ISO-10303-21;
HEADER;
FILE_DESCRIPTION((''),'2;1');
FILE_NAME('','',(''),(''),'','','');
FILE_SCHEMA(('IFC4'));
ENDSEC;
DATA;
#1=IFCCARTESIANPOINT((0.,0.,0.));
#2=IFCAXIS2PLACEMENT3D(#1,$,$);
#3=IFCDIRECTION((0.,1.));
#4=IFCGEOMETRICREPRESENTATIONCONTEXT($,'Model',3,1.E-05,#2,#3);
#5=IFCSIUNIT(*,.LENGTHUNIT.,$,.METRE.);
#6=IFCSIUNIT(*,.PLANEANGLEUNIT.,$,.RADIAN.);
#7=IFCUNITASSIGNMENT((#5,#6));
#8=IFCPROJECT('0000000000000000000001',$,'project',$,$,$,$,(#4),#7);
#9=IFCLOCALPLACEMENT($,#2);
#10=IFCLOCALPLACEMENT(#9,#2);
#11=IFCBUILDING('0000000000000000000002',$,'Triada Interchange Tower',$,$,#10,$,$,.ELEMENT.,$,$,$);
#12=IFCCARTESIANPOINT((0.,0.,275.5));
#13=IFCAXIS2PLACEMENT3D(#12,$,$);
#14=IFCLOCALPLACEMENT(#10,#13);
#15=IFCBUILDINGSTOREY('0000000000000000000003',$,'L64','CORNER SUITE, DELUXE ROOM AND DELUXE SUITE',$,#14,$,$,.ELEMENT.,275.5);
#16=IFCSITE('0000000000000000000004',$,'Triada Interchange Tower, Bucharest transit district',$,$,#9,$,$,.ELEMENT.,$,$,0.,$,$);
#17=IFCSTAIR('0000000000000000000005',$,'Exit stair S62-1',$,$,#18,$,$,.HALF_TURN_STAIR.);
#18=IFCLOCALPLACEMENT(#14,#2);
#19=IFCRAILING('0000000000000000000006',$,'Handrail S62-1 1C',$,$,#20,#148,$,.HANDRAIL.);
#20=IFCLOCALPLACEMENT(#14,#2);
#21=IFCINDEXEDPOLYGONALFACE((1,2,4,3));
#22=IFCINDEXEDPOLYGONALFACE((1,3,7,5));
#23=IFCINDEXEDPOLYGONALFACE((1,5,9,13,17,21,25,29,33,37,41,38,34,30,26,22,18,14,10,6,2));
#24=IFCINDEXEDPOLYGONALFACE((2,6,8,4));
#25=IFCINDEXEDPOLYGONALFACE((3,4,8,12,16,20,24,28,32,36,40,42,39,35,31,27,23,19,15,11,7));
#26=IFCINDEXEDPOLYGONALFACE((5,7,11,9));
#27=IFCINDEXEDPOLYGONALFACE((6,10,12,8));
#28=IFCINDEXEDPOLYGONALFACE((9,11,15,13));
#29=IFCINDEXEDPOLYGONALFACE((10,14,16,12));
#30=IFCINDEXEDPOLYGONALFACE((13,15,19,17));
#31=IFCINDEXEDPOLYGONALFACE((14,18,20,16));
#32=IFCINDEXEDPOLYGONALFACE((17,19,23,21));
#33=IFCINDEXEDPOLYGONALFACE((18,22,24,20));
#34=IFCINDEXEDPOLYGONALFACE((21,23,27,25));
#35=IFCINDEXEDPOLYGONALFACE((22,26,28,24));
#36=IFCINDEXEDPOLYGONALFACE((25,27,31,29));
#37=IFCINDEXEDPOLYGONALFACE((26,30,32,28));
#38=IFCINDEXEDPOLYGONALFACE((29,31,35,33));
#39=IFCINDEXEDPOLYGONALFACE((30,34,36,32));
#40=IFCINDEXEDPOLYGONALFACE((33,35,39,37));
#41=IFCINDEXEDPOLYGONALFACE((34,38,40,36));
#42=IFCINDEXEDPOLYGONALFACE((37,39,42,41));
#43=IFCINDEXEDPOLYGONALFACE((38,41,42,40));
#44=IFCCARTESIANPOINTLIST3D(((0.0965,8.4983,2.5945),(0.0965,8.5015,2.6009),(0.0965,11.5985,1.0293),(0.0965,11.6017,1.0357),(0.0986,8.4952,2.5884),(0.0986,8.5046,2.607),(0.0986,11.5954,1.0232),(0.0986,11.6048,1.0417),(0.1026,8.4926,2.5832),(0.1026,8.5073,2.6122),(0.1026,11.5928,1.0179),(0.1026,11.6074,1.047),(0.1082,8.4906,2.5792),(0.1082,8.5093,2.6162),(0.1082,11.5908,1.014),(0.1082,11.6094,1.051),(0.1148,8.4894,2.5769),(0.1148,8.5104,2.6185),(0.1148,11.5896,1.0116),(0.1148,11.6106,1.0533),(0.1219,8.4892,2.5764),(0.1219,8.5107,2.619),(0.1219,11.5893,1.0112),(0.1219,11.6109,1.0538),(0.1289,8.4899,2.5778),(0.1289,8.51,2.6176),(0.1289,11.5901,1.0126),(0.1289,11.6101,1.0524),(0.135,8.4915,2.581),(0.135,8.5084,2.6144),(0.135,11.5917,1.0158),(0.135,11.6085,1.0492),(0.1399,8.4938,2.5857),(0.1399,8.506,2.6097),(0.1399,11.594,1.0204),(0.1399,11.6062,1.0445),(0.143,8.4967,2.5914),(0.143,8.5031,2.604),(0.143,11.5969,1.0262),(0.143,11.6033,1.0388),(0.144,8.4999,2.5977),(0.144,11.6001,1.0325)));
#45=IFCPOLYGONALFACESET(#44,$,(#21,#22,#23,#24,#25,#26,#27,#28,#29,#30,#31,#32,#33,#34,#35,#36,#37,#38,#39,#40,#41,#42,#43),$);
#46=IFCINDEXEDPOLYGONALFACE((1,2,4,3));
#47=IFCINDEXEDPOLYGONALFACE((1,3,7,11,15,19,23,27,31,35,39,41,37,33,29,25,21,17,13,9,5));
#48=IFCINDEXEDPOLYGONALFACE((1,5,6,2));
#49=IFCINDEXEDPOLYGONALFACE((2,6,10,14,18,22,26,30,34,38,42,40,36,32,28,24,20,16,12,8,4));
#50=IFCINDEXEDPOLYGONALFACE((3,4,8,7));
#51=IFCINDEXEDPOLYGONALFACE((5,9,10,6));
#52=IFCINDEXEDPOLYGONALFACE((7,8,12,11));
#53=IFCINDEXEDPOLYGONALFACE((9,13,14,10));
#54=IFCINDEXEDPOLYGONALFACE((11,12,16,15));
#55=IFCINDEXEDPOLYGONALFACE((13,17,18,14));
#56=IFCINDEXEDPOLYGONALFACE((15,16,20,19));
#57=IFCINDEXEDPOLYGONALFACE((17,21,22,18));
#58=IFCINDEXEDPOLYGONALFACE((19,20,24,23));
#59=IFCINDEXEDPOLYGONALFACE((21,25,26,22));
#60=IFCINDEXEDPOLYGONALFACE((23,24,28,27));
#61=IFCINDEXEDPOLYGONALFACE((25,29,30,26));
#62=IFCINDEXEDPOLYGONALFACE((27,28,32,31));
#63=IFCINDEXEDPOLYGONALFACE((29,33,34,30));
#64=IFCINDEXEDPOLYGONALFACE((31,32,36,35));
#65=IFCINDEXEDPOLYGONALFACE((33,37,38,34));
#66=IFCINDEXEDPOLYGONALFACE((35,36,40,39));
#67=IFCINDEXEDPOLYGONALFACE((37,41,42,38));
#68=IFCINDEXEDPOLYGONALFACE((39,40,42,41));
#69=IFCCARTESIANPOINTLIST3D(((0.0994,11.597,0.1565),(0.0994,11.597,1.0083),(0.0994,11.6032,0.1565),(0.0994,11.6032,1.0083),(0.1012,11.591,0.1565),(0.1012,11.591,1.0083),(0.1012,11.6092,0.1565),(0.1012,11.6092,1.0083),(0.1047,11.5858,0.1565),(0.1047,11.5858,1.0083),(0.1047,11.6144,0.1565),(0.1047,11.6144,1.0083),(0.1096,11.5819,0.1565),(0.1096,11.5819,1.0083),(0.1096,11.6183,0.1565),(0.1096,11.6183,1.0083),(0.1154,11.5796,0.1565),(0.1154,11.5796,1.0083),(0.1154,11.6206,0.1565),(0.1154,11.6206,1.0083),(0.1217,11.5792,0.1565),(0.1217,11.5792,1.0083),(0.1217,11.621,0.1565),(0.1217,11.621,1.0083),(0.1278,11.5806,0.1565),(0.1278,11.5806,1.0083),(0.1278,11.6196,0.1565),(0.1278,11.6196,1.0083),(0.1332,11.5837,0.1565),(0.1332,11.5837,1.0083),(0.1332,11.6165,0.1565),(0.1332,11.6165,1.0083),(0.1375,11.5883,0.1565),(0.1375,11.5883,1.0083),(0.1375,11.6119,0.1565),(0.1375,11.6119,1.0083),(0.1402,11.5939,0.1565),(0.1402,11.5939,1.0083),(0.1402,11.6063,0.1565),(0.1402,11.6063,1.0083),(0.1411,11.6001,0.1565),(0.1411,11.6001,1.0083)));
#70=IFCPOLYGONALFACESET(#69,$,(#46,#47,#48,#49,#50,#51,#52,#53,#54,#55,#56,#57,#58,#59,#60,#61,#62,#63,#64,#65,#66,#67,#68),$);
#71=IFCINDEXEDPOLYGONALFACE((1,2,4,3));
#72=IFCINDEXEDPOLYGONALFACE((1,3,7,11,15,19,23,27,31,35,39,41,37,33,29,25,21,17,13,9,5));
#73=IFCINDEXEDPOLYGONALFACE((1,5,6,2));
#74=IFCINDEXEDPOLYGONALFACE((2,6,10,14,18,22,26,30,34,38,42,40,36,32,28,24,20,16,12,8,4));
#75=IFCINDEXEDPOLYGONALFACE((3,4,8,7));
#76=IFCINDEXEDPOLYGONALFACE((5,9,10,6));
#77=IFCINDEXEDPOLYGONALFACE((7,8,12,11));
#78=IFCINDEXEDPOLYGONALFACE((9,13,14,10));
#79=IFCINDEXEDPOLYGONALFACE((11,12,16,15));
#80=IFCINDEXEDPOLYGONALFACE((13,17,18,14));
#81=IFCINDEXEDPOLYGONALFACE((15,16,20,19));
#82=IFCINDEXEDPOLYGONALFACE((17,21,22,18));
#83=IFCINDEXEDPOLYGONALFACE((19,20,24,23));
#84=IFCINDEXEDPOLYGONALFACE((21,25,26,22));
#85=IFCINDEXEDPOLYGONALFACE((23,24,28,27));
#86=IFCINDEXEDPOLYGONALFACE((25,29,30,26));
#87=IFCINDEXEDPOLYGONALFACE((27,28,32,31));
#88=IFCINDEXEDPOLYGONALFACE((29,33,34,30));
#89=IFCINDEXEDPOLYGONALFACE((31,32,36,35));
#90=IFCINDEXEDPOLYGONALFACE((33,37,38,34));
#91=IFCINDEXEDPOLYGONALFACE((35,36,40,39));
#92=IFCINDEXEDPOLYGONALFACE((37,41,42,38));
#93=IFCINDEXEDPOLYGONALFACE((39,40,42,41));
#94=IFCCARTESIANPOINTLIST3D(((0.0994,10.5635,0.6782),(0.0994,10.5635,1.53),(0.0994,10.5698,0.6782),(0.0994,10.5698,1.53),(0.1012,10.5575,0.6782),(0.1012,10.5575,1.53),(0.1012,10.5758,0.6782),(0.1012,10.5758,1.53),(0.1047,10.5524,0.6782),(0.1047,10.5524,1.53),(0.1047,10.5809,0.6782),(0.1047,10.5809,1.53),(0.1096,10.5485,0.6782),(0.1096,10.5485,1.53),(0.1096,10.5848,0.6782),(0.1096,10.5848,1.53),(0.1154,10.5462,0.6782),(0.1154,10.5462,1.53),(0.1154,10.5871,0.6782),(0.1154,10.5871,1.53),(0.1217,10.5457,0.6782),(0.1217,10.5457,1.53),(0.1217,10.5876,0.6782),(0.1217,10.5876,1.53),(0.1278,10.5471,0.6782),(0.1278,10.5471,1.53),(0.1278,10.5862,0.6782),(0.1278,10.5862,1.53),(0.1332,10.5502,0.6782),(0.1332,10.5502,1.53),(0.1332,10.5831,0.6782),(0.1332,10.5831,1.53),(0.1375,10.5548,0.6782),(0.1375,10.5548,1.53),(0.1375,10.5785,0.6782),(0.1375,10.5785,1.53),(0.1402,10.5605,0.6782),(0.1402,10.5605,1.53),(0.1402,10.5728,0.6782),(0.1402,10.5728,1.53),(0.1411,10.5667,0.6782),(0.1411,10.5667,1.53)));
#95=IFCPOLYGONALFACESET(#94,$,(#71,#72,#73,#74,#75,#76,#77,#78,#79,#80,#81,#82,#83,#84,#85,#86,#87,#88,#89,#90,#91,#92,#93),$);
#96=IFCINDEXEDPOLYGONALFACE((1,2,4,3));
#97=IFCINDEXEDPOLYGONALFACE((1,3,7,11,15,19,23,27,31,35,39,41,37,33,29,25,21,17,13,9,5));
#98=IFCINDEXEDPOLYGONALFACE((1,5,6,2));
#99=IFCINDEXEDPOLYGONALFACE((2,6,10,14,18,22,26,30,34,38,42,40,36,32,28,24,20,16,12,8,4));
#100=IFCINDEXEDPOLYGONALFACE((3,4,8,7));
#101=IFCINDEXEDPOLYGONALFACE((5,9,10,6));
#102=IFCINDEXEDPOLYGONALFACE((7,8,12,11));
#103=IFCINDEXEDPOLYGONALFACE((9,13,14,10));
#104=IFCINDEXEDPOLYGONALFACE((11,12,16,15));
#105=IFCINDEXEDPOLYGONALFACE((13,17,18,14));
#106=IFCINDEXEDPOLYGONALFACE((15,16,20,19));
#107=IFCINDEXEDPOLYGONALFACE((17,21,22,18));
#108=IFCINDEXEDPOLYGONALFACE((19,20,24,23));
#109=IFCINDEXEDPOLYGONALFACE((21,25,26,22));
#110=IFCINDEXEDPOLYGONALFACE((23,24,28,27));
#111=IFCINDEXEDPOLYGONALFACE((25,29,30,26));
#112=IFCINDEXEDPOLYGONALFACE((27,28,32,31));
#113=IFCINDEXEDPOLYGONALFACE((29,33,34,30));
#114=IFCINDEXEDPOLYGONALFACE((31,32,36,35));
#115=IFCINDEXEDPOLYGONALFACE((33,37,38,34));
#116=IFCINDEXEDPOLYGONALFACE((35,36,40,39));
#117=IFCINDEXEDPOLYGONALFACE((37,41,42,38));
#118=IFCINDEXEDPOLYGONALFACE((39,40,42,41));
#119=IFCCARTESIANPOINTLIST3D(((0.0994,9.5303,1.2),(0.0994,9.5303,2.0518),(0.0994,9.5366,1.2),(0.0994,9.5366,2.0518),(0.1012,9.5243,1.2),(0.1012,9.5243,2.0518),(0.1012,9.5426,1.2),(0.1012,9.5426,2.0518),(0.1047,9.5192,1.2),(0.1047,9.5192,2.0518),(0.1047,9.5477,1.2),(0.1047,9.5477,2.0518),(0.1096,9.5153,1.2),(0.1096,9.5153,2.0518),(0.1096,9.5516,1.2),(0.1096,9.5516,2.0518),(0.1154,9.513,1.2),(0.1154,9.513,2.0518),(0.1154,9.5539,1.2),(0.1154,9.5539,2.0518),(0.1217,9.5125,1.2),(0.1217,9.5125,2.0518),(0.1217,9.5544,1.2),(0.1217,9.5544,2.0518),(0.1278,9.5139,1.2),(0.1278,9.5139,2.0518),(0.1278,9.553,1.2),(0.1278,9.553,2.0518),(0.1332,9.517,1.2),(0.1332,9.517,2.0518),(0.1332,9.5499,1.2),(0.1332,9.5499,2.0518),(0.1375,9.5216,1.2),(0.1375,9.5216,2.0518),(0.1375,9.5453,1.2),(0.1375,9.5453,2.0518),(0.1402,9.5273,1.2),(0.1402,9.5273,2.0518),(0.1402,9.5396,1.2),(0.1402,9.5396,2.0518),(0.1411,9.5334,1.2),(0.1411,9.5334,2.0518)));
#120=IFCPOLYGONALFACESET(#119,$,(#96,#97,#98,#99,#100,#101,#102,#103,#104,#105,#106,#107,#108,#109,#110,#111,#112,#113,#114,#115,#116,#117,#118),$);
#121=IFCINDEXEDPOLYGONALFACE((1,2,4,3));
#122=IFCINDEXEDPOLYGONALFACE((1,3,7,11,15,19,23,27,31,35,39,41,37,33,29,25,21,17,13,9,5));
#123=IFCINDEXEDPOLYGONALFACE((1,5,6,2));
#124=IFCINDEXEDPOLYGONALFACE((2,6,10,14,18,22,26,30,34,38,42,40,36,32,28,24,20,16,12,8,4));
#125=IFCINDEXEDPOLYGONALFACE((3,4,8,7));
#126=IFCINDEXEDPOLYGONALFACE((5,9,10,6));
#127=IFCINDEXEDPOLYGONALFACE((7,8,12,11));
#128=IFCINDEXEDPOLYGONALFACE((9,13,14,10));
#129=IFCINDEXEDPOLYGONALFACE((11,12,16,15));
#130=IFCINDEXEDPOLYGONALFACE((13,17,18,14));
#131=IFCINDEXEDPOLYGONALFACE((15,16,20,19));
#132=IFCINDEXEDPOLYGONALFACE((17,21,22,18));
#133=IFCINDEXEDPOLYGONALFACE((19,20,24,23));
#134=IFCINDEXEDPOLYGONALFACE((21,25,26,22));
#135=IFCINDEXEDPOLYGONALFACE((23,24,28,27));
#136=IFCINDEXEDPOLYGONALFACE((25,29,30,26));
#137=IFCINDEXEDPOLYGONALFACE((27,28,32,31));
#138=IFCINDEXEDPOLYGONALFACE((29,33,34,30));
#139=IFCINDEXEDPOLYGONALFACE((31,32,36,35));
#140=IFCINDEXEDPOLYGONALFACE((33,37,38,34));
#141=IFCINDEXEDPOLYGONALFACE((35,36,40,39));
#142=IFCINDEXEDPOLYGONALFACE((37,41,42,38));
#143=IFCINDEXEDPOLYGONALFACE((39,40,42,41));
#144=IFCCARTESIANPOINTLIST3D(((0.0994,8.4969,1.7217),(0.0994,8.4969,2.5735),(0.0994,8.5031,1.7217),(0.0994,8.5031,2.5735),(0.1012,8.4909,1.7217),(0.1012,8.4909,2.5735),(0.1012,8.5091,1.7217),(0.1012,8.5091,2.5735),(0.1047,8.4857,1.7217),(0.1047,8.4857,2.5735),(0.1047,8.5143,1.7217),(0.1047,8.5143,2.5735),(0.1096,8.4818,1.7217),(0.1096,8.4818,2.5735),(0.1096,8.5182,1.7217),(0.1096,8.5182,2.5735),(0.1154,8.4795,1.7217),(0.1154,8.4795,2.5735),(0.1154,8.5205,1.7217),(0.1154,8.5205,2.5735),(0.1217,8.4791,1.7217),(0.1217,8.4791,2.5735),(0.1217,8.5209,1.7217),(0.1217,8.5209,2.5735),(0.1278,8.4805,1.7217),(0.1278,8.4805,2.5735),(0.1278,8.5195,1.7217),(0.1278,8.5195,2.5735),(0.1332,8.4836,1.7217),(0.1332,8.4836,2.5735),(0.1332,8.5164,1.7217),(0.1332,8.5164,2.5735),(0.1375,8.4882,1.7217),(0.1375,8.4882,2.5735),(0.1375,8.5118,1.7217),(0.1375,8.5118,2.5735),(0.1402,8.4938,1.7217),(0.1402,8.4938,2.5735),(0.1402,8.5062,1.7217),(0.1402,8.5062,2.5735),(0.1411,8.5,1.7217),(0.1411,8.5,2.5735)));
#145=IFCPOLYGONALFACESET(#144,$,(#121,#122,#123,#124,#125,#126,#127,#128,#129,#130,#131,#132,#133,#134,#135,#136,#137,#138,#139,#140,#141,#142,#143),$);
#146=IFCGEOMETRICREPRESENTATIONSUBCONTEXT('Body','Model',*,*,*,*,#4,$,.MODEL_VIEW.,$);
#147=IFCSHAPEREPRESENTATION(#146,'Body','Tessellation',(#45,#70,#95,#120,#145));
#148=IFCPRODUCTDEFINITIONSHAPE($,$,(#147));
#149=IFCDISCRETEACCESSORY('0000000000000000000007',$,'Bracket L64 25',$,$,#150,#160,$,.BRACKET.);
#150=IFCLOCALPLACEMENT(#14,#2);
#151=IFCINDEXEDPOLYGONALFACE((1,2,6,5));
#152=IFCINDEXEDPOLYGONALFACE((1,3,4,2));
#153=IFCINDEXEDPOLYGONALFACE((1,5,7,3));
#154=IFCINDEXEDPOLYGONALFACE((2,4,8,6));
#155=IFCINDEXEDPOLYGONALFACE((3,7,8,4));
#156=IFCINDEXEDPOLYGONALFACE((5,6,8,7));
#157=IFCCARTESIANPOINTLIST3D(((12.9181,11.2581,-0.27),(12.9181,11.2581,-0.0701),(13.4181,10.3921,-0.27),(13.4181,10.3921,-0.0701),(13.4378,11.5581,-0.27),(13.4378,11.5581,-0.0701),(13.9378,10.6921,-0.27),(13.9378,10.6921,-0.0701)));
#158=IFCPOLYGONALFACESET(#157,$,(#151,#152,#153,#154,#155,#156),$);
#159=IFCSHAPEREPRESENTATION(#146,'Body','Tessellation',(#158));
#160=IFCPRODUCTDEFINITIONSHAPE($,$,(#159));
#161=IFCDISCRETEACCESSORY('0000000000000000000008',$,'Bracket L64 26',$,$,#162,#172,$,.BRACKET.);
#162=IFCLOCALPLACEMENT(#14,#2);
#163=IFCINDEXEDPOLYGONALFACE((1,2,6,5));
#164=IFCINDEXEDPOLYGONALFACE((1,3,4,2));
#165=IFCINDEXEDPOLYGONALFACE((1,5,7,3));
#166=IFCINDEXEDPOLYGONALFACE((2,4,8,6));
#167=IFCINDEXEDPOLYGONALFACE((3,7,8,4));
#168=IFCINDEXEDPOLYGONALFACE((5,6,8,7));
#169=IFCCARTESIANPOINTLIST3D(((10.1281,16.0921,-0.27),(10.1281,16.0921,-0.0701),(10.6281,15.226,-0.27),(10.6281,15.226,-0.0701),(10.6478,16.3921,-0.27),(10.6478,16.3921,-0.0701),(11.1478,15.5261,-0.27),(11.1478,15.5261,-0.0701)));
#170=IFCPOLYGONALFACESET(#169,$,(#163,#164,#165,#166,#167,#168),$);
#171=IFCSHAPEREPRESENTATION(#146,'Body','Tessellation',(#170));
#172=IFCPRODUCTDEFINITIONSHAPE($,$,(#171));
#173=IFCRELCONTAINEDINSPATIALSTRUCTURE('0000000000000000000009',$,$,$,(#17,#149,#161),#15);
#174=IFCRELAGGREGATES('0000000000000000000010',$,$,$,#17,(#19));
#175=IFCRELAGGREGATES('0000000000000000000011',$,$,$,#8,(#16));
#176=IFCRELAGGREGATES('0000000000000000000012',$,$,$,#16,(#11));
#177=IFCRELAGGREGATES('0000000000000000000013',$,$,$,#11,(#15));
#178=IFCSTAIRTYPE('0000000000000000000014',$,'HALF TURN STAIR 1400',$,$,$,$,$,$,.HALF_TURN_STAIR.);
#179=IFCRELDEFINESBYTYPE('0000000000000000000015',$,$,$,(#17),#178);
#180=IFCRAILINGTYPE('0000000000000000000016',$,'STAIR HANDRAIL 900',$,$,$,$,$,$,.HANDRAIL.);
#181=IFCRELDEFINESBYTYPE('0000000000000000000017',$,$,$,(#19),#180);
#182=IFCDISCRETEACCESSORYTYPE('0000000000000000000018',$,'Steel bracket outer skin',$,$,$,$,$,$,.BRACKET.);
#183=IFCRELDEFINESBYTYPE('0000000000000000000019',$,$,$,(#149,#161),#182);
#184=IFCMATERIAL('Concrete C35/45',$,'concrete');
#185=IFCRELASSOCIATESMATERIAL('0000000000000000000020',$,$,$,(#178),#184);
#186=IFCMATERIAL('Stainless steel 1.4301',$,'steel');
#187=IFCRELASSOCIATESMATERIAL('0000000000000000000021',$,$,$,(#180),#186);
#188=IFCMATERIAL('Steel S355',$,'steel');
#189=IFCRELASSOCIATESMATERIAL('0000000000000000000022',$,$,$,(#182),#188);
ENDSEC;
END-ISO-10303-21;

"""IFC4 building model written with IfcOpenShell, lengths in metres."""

from ifc_helpers import new_model, si_unit, direction, frame, origin, origin_2d, place, context, subcontext, project, spatial, rectangle, circle, extrude, material, type_object, element, aggregate, save


model = new_model("IFC4")

# Units and contexts
model_context = context("Model", 3, precision=1e-05, world=origin(), true_north=direction((0.0, 1.0)))
body_context = subcontext(model_context, "Body", "Model", "MODEL_VIEW")
ifc_project = project(units=[si_unit("LENGTHUNIT", "METRE"), si_unit("PLANEANGLEUNIT", "RADIAN")], contexts=[model_context])

# Site, building, storey
site_placement = place(None, origin())
site = spatial("IfcSite", under=ifc_project, at=site_placement, Name="Triada Interchange Tower, Bucharest transit district", CompositionType="ELEMENT", RefElevation=0.0)
building_placement = place(site_placement, origin())
building = spatial("IfcBuilding", under=site, at=building_placement, Name="Triada Interchange Tower", CompositionType="ELEMENT")
storey_placement = place(building_placement, frame((0.0, 0.0, 275.5)))
storey = spatial("IfcBuildingStorey", under=building, at=storey_placement, Name="L64", Description="CORNER SUITE, DELUXE ROOM AND DELUXE SUITE", CompositionType="ELEMENT", Elevation=275.5)

# Stair
ifc_material_1 = material(Name="Concrete C35/45", Category="concrete")
stair_type = type_object("IfcStairType", Name="HALF TURN STAIR 1400", PredefinedType="HALF_TURN_STAIR", material=ifc_material_1)
stair_placement = place(storey_placement, origin())
stair = element("IfcStair", 1, at=stair_placement, inside=storey, type_object=stair_type, Name="Exit stair S62-1", PredefinedType="HALF_TURN_STAIR")

# Railing
ifc_material_2 = material(Name="Stainless steel 1.4301", Category="steel")
railing_type = type_object("IfcRailingType", Name="STAIR HANDRAIL 900", PredefinedType="HANDRAIL", material=ifc_material_2)
railing_1_placement = place(storey_placement, frame((0.1201, 11.6001, 0.1565)))
railing_1 = element("IfcRailing", 2, at=railing_1_placement, type_object=railing_type, Name="Handrail S62-1 1C", PredefinedType="HANDRAIL", context=body_context, shape_type="SweptSolid", body=[
    extrude(circle(Radius=0.0239, at=origin_2d()), frame((0.0, 0.0, 0.876), z_axis=(0.0, -0.892677, 0.450697), x_axis=(1.0, 0.0, 0.0)), (0.0, 0.0, 1.0), 3.4729),
    extrude(circle(Radius=0.021, at=origin_2d()), origin(), (0.0, 0.0, 1.0), 0.8518),
    extrude(circle(Radius=0.021, at=origin_2d()), frame((0.0, -1.0334, 0.5217)), (0.0, 0.0, 1.0), 0.8518),
    extrude(circle(Radius=0.021, at=origin_2d()), frame((0.0, -2.0667, 1.0435)), (0.0, 0.0, 1.0), 0.8518),
    extrude(circle(Radius=0.021, at=origin_2d()), frame((0.0, -3.1001, 1.5652)), (0.0, 0.0, 1.0), 0.8518),
])
aggregate(stair, [railing_1])

# Discrete accessories
ifc_material_3 = material(Name="Steel S355", Category="steel")
discrete_accessory_type = type_object("IfcDiscreteAccessoryType", Name="Steel bracket outer skin", PredefinedType="BRACKET", material=ifc_material_3)
for number, where, z_axis, x_axis, name in (
    (3, (13.428, 10.9751, -0.27), (0.0, 0.0, 1.0), (0.866029, 0.499994, 0.0), "Bracket L64 25"),
    (4, (10.6379, 15.8091, -0.27), (0.0, 0.0, 1.0), (0.866029, 0.499994, 0.0), "Bracket L64 26"),
):
    element("IfcDiscreteAccessory", number, at=place(storey_placement, frame(where, z_axis=z_axis, x_axis=x_axis)), inside=storey, type_object=discrete_accessory_type, Name=name, PredefinedType="BRACKET", context=body_context, shape_type="SweptSolid", body=[
        extrude(rectangle(XDim=0.6001, YDim=1.0, at=origin_2d()), origin(), (0.0, 0.0, 1.0), 0.2),
    ])

save(model, "model.ifc")
